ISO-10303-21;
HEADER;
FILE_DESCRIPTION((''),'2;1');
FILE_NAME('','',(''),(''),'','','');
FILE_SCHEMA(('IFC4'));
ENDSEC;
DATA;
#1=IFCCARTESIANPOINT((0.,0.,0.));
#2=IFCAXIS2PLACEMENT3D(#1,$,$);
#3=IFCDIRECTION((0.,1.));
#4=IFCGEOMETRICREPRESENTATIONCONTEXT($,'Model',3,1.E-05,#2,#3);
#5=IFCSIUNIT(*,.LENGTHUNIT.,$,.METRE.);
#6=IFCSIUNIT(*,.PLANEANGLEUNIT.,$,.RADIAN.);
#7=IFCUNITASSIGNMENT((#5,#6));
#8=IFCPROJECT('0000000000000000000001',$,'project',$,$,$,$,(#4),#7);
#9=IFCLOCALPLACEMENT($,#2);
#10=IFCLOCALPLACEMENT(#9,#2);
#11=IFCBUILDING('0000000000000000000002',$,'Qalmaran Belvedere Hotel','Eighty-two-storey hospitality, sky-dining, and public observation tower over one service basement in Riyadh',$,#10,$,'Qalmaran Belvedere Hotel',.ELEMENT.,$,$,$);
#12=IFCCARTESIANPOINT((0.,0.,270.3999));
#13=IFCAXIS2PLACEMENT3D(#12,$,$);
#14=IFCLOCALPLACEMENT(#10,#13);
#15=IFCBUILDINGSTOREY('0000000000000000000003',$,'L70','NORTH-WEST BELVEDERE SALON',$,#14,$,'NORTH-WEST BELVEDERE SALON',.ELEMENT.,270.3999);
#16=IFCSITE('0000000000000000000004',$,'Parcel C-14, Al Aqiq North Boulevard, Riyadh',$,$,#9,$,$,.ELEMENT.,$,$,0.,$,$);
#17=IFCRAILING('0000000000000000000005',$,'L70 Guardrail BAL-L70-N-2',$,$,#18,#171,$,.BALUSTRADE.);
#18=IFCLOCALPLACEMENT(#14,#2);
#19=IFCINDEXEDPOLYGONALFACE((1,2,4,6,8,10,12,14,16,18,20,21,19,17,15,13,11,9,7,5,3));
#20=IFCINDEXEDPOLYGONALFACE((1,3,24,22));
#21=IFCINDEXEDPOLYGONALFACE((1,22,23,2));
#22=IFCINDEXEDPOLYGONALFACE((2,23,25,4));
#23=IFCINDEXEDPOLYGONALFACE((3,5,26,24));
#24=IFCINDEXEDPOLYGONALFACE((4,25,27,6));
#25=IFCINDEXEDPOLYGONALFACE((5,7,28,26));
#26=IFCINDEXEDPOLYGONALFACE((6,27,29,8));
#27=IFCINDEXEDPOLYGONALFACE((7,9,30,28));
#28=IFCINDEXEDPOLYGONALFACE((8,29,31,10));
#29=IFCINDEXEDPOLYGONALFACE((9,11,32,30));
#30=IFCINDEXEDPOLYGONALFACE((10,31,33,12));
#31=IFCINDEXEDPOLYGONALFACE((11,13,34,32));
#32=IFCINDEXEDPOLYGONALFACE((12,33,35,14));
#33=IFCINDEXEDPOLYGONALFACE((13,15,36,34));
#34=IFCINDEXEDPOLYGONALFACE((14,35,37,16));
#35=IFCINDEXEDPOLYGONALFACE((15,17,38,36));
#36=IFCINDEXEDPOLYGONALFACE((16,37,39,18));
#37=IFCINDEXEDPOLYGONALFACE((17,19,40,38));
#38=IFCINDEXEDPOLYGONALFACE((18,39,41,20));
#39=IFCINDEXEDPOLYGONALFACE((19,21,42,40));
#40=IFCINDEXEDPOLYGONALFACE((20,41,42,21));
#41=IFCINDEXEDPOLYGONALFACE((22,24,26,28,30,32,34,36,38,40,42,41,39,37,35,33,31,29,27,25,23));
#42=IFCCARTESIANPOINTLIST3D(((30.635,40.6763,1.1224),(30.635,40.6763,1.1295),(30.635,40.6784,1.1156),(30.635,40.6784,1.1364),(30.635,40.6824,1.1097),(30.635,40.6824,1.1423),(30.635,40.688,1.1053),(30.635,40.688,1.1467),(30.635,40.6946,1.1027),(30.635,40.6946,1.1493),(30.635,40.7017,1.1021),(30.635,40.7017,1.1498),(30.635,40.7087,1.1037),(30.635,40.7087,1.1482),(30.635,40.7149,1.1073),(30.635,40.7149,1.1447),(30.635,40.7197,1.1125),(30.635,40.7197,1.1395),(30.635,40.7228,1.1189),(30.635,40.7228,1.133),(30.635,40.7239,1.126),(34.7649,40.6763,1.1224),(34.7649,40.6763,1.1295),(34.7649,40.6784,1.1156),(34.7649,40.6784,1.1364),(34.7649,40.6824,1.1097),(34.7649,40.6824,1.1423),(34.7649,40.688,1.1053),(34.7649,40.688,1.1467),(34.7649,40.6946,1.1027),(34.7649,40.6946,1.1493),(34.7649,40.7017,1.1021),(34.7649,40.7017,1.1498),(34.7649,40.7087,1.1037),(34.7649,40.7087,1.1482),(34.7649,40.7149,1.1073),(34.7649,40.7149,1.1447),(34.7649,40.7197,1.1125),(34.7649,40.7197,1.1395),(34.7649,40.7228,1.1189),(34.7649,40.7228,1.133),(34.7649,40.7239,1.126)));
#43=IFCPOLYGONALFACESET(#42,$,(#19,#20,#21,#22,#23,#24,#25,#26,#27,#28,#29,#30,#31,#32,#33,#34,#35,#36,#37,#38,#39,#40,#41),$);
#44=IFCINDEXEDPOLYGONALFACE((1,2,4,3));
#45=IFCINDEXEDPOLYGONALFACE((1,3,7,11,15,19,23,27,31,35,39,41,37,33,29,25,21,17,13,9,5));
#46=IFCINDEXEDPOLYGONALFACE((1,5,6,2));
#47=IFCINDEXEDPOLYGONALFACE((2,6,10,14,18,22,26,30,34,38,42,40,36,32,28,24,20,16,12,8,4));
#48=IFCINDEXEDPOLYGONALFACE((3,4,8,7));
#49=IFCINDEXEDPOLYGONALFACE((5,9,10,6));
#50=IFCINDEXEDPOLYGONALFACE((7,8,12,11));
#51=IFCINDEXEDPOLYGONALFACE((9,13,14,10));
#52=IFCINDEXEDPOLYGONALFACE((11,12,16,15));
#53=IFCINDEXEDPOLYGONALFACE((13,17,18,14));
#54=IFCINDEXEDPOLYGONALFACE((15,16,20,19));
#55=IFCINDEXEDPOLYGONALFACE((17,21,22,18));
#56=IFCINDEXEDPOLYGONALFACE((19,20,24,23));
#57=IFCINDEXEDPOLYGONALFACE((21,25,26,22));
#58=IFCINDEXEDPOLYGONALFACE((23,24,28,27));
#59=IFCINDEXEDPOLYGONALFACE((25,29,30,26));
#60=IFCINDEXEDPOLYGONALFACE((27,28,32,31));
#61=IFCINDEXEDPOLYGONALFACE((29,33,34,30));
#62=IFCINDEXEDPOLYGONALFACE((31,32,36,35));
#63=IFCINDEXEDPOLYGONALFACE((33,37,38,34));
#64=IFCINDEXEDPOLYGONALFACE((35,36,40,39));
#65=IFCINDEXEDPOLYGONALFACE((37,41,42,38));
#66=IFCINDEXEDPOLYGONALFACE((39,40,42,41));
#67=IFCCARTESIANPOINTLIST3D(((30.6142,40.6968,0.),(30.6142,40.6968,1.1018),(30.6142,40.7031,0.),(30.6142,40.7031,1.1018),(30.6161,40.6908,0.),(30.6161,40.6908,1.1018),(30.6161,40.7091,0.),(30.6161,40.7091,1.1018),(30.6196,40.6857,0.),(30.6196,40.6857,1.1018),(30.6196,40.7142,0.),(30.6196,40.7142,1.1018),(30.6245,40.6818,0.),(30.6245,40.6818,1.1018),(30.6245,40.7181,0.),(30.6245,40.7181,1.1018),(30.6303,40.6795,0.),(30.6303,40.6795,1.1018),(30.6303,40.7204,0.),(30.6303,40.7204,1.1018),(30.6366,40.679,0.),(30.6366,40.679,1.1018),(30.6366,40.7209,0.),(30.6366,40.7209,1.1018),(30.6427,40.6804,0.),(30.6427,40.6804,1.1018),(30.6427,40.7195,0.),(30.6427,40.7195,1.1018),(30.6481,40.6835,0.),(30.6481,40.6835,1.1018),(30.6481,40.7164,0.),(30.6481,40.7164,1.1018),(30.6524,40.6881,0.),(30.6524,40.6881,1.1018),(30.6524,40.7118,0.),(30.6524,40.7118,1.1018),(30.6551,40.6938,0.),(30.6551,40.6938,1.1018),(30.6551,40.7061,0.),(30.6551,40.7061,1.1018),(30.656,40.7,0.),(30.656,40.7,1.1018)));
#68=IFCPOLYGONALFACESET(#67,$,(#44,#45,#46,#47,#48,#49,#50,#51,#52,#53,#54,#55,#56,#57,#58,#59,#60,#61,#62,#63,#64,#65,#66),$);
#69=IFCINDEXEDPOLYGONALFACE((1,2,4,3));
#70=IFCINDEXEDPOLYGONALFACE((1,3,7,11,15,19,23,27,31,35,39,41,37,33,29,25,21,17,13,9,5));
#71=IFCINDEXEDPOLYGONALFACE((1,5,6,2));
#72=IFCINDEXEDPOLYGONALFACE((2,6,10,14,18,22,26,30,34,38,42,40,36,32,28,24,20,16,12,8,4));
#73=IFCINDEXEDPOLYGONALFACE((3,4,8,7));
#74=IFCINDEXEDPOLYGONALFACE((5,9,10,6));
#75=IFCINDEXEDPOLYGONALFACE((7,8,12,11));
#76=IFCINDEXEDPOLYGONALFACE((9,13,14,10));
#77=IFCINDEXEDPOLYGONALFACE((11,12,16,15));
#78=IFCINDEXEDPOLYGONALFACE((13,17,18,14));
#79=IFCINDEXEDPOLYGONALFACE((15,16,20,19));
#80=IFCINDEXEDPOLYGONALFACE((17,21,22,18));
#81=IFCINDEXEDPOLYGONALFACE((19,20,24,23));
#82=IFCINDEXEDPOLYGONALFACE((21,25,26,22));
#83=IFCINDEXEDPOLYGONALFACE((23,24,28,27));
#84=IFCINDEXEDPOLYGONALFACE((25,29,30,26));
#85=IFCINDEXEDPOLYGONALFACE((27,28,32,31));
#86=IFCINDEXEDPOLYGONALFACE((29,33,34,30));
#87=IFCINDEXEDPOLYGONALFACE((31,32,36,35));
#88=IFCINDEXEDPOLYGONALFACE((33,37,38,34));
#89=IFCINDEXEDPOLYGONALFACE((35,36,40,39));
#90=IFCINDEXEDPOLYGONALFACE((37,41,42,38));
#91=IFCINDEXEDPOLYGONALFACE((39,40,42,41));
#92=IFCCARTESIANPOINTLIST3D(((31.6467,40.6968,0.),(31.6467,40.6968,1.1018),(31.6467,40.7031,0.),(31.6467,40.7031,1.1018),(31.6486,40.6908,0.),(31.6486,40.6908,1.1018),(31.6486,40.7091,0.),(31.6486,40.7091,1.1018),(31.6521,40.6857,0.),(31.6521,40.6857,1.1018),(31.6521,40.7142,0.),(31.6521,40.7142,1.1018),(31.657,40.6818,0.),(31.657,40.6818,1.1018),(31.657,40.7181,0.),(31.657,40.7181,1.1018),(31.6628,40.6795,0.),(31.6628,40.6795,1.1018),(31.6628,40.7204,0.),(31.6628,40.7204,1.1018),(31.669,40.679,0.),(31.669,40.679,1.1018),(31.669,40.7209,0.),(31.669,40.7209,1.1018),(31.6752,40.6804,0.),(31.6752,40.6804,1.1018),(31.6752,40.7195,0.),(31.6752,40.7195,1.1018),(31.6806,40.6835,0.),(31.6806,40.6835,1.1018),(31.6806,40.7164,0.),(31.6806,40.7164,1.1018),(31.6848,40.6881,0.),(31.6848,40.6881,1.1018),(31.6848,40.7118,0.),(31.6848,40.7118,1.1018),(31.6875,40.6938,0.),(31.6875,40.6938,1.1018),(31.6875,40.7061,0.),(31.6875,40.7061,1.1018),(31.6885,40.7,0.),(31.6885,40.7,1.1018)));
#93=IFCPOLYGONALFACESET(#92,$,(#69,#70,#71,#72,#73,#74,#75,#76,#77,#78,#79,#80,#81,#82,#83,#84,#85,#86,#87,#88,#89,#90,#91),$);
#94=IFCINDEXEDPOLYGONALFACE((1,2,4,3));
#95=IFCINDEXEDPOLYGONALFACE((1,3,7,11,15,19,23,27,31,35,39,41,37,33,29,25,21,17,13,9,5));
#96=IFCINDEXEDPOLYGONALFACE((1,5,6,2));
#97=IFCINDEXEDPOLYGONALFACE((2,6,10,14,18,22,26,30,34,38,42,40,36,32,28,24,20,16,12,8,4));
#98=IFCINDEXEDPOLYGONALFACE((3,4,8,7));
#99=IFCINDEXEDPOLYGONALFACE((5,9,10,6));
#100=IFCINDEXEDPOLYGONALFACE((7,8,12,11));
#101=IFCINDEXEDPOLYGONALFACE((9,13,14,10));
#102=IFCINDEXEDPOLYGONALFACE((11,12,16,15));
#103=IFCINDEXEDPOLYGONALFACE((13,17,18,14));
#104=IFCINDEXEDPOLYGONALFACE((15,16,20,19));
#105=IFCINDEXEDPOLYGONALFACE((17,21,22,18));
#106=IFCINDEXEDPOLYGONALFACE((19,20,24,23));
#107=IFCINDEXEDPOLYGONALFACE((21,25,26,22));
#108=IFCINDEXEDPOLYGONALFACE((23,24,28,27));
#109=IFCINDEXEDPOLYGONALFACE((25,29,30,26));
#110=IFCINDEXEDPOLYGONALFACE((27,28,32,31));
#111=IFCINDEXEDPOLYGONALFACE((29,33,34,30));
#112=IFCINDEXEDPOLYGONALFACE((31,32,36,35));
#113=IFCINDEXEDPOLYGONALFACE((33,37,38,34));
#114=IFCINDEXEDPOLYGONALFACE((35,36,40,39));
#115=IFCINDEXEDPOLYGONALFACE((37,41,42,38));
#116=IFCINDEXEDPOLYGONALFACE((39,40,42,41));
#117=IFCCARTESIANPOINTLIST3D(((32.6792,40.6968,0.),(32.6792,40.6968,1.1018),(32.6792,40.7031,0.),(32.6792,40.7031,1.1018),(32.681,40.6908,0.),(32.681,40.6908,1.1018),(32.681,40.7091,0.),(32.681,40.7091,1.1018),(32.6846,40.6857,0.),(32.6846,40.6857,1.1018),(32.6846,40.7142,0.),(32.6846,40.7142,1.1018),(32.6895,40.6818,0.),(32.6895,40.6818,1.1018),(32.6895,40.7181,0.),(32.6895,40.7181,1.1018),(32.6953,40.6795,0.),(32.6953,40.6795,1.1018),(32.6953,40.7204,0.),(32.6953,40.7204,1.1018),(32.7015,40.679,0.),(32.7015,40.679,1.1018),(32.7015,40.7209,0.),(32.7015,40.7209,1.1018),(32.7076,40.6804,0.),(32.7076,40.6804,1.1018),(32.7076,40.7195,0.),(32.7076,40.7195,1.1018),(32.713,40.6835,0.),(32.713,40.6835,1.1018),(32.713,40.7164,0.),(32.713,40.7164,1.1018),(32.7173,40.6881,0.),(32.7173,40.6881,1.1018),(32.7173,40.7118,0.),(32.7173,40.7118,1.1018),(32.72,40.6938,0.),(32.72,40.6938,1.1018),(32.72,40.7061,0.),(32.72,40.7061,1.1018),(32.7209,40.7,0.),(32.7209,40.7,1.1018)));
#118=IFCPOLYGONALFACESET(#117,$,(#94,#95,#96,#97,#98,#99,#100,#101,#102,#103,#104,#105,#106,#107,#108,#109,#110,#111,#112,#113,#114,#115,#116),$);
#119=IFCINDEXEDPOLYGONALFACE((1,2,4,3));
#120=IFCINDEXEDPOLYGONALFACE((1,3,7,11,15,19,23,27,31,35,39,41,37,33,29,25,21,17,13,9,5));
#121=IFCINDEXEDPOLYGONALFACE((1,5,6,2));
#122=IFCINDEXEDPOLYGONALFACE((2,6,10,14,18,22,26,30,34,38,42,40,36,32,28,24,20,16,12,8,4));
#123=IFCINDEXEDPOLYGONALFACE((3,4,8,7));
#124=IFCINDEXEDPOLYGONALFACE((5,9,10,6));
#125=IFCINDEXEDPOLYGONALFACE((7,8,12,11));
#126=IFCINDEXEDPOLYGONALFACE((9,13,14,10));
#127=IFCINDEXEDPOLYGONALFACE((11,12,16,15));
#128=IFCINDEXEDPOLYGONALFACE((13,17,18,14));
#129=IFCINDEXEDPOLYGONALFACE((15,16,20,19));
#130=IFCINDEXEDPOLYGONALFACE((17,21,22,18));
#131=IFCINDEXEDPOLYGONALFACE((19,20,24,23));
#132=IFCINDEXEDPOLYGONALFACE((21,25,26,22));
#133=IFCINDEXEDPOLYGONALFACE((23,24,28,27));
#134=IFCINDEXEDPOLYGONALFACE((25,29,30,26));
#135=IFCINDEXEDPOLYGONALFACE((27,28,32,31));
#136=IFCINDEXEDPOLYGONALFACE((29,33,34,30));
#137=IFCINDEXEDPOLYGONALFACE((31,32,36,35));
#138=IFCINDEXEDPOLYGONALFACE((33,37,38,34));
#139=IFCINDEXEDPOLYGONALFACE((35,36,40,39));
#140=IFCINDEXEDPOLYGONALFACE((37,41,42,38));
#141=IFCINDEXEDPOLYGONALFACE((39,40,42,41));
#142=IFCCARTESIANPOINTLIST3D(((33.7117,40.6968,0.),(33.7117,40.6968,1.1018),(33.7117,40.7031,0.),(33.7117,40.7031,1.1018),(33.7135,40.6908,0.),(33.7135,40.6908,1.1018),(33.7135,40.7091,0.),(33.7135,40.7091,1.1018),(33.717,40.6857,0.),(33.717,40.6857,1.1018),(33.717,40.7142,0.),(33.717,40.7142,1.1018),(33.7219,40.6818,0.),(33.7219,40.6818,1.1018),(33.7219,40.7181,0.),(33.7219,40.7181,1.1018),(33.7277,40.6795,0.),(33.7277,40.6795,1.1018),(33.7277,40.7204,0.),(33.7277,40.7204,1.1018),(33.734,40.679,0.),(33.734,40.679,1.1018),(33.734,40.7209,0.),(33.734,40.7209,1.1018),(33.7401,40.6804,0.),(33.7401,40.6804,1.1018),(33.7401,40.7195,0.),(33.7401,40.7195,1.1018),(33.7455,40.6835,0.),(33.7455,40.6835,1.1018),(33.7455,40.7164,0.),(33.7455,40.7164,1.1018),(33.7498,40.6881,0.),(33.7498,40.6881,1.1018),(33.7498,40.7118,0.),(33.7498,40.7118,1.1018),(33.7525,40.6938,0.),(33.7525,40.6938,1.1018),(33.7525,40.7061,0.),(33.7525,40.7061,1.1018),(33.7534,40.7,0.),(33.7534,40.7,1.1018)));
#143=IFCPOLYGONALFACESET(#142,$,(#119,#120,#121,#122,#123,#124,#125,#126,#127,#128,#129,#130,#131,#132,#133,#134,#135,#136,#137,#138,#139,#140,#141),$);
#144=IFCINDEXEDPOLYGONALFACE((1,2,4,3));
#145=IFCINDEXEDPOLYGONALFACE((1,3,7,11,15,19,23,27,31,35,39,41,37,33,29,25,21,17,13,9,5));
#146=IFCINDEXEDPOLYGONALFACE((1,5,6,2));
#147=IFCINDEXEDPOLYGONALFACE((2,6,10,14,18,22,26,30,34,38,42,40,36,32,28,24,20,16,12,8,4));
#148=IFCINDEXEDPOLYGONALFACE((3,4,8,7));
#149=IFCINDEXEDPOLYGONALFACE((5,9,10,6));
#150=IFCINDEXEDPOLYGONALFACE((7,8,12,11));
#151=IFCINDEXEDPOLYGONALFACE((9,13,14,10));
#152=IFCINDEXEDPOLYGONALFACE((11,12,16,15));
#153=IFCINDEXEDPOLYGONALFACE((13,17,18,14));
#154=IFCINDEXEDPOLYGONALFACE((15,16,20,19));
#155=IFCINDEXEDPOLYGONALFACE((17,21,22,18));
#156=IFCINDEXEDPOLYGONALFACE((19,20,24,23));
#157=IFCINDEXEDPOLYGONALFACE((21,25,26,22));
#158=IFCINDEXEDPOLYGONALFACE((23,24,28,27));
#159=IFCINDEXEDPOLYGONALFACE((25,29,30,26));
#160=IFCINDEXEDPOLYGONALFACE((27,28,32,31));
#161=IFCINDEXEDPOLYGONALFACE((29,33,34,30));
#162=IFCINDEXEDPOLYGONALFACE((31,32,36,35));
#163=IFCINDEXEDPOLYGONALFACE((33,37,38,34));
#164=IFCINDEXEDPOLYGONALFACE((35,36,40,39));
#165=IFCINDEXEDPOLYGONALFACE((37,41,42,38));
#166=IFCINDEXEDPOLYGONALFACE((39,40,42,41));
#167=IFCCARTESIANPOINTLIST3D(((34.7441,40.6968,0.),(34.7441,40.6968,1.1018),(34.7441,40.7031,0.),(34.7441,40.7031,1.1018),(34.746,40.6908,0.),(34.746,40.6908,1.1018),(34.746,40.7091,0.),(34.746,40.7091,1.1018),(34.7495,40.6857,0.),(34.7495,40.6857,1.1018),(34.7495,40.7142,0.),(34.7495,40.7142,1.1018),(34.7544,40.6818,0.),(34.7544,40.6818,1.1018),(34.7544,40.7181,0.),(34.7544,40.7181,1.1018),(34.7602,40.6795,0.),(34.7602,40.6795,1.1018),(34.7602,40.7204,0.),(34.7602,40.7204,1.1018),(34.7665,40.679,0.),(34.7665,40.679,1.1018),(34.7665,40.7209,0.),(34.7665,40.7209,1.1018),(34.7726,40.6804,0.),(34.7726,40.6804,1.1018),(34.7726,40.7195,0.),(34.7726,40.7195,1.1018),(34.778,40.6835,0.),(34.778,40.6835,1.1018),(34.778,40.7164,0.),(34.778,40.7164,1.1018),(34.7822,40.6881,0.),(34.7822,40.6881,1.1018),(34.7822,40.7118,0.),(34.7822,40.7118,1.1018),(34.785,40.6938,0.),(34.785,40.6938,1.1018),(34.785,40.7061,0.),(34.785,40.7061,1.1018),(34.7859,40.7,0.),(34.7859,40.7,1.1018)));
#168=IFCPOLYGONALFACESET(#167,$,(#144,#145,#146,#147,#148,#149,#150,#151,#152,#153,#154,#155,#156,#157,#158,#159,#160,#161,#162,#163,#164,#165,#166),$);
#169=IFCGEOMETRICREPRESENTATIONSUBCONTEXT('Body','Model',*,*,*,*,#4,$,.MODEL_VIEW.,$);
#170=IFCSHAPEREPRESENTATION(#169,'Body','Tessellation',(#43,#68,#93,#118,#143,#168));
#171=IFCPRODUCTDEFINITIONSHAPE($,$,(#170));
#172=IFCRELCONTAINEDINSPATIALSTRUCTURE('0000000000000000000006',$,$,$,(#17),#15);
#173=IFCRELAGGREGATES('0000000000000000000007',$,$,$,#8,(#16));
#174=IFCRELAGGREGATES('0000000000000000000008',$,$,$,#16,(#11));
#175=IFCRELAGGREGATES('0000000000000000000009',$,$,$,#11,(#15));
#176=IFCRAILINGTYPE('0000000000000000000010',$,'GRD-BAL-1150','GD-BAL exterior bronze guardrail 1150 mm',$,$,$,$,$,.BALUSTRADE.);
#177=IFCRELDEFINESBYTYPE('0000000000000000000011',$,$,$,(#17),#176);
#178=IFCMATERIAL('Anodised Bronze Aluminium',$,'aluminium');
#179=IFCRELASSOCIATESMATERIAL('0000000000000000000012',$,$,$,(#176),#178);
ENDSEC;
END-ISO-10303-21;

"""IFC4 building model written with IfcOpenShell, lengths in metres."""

from ifc_helpers import new_model, si_unit, direction, frame, origin, origin_2d, place, context, subcontext, project, spatial, circle, extrude, material, type_object, element, save


model = new_model("IFC4")

# Units and contexts
model_context = context("Model", 3, precision=1e-05, world=origin(), true_north=direction((0.0, 1.0)))
body_context = subcontext(model_context, "Body", "Model", "MODEL_VIEW")
ifc_project = project(units=[si_unit("LENGTHUNIT", "METRE"), si_unit("PLANEANGLEUNIT", "RADIAN")], contexts=[model_context])

# Site, building, storey
site_placement = place(None, origin())
site = spatial("IfcSite", under=ifc_project, at=site_placement, Name="Parcel C-14, Al Aqiq North Boulevard, Riyadh", CompositionType="ELEMENT", RefElevation=0.0)
building_placement = place(site_placement, origin())
building = spatial("IfcBuilding", under=site, at=building_placement, Name="Qalmaran Belvedere Hotel", Description="Eighty-two-storey hospitality, sky-dining, and public observation tower over one service basement in Riyadh", LongName="Qalmaran Belvedere Hotel", CompositionType="ELEMENT")
storey_placement = place(building_placement, frame((0.0, 0.0, 270.3999)))
storey = spatial("IfcBuildingStorey", under=building, at=storey_placement, Name="L70", Description="NORTH-WEST BELVEDERE SALON", LongName="NORTH-WEST BELVEDERE SALON", CompositionType="ELEMENT", Elevation=270.3999)

# Shared definitions
ifc_material_1 = material(Name="Anodised Bronze Aluminium", Category="aluminium")

# Railing
railing_type = type_object("IfcRailingType", Name="GRD-BAL-1150", Description="GD-BAL exterior bronze guardrail 1150 mm", PredefinedType="BALUSTRADE", material=ifc_material_1)
railing_1_placement = place(storey_placement, frame((30.635, 40.7, 0.0)))
element("IfcRailing", 1, at=railing_1_placement, inside=storey, type_object=railing_type, Name="L70 Guardrail BAL-L70-N-2", PredefinedType="BALUSTRADE", context=body_context, shape_type="SweptSolid", body=[
    extrude(circle(Radius=0.0239, at=origin_2d()), frame((0.0, 0.0, 1.126), z_axis=(1.0, 0.0, 0.0), x_axis=(0.0, 1.0, 0.0)), (0.0, 0.0, 1.0), 4.1299),
    extrude(circle(Radius=0.021, at=origin_2d()), origin(), (0.0, 0.0, 1.0), 1.1018),
    extrude(circle(Radius=0.021, at=origin_2d()), frame((1.0325, 0.0, 0.0)), (0.0, 0.0, 1.0), 1.1018),
    extrude(circle(Radius=0.021, at=origin_2d()), frame((2.0649, 0.0, 0.0)), (0.0, 0.0, 1.0), 1.1018),
    extrude(circle(Radius=0.021, at=origin_2d()), frame((3.0974, 0.0, 0.0)), (0.0, 0.0, 1.0), 1.1018),
    extrude(circle(Radius=0.021, at=origin_2d()), frame((4.1299, 0.0, 0.0)), (0.0, 0.0, 1.0), 1.1018),
])

save(model, "model.ifc")
